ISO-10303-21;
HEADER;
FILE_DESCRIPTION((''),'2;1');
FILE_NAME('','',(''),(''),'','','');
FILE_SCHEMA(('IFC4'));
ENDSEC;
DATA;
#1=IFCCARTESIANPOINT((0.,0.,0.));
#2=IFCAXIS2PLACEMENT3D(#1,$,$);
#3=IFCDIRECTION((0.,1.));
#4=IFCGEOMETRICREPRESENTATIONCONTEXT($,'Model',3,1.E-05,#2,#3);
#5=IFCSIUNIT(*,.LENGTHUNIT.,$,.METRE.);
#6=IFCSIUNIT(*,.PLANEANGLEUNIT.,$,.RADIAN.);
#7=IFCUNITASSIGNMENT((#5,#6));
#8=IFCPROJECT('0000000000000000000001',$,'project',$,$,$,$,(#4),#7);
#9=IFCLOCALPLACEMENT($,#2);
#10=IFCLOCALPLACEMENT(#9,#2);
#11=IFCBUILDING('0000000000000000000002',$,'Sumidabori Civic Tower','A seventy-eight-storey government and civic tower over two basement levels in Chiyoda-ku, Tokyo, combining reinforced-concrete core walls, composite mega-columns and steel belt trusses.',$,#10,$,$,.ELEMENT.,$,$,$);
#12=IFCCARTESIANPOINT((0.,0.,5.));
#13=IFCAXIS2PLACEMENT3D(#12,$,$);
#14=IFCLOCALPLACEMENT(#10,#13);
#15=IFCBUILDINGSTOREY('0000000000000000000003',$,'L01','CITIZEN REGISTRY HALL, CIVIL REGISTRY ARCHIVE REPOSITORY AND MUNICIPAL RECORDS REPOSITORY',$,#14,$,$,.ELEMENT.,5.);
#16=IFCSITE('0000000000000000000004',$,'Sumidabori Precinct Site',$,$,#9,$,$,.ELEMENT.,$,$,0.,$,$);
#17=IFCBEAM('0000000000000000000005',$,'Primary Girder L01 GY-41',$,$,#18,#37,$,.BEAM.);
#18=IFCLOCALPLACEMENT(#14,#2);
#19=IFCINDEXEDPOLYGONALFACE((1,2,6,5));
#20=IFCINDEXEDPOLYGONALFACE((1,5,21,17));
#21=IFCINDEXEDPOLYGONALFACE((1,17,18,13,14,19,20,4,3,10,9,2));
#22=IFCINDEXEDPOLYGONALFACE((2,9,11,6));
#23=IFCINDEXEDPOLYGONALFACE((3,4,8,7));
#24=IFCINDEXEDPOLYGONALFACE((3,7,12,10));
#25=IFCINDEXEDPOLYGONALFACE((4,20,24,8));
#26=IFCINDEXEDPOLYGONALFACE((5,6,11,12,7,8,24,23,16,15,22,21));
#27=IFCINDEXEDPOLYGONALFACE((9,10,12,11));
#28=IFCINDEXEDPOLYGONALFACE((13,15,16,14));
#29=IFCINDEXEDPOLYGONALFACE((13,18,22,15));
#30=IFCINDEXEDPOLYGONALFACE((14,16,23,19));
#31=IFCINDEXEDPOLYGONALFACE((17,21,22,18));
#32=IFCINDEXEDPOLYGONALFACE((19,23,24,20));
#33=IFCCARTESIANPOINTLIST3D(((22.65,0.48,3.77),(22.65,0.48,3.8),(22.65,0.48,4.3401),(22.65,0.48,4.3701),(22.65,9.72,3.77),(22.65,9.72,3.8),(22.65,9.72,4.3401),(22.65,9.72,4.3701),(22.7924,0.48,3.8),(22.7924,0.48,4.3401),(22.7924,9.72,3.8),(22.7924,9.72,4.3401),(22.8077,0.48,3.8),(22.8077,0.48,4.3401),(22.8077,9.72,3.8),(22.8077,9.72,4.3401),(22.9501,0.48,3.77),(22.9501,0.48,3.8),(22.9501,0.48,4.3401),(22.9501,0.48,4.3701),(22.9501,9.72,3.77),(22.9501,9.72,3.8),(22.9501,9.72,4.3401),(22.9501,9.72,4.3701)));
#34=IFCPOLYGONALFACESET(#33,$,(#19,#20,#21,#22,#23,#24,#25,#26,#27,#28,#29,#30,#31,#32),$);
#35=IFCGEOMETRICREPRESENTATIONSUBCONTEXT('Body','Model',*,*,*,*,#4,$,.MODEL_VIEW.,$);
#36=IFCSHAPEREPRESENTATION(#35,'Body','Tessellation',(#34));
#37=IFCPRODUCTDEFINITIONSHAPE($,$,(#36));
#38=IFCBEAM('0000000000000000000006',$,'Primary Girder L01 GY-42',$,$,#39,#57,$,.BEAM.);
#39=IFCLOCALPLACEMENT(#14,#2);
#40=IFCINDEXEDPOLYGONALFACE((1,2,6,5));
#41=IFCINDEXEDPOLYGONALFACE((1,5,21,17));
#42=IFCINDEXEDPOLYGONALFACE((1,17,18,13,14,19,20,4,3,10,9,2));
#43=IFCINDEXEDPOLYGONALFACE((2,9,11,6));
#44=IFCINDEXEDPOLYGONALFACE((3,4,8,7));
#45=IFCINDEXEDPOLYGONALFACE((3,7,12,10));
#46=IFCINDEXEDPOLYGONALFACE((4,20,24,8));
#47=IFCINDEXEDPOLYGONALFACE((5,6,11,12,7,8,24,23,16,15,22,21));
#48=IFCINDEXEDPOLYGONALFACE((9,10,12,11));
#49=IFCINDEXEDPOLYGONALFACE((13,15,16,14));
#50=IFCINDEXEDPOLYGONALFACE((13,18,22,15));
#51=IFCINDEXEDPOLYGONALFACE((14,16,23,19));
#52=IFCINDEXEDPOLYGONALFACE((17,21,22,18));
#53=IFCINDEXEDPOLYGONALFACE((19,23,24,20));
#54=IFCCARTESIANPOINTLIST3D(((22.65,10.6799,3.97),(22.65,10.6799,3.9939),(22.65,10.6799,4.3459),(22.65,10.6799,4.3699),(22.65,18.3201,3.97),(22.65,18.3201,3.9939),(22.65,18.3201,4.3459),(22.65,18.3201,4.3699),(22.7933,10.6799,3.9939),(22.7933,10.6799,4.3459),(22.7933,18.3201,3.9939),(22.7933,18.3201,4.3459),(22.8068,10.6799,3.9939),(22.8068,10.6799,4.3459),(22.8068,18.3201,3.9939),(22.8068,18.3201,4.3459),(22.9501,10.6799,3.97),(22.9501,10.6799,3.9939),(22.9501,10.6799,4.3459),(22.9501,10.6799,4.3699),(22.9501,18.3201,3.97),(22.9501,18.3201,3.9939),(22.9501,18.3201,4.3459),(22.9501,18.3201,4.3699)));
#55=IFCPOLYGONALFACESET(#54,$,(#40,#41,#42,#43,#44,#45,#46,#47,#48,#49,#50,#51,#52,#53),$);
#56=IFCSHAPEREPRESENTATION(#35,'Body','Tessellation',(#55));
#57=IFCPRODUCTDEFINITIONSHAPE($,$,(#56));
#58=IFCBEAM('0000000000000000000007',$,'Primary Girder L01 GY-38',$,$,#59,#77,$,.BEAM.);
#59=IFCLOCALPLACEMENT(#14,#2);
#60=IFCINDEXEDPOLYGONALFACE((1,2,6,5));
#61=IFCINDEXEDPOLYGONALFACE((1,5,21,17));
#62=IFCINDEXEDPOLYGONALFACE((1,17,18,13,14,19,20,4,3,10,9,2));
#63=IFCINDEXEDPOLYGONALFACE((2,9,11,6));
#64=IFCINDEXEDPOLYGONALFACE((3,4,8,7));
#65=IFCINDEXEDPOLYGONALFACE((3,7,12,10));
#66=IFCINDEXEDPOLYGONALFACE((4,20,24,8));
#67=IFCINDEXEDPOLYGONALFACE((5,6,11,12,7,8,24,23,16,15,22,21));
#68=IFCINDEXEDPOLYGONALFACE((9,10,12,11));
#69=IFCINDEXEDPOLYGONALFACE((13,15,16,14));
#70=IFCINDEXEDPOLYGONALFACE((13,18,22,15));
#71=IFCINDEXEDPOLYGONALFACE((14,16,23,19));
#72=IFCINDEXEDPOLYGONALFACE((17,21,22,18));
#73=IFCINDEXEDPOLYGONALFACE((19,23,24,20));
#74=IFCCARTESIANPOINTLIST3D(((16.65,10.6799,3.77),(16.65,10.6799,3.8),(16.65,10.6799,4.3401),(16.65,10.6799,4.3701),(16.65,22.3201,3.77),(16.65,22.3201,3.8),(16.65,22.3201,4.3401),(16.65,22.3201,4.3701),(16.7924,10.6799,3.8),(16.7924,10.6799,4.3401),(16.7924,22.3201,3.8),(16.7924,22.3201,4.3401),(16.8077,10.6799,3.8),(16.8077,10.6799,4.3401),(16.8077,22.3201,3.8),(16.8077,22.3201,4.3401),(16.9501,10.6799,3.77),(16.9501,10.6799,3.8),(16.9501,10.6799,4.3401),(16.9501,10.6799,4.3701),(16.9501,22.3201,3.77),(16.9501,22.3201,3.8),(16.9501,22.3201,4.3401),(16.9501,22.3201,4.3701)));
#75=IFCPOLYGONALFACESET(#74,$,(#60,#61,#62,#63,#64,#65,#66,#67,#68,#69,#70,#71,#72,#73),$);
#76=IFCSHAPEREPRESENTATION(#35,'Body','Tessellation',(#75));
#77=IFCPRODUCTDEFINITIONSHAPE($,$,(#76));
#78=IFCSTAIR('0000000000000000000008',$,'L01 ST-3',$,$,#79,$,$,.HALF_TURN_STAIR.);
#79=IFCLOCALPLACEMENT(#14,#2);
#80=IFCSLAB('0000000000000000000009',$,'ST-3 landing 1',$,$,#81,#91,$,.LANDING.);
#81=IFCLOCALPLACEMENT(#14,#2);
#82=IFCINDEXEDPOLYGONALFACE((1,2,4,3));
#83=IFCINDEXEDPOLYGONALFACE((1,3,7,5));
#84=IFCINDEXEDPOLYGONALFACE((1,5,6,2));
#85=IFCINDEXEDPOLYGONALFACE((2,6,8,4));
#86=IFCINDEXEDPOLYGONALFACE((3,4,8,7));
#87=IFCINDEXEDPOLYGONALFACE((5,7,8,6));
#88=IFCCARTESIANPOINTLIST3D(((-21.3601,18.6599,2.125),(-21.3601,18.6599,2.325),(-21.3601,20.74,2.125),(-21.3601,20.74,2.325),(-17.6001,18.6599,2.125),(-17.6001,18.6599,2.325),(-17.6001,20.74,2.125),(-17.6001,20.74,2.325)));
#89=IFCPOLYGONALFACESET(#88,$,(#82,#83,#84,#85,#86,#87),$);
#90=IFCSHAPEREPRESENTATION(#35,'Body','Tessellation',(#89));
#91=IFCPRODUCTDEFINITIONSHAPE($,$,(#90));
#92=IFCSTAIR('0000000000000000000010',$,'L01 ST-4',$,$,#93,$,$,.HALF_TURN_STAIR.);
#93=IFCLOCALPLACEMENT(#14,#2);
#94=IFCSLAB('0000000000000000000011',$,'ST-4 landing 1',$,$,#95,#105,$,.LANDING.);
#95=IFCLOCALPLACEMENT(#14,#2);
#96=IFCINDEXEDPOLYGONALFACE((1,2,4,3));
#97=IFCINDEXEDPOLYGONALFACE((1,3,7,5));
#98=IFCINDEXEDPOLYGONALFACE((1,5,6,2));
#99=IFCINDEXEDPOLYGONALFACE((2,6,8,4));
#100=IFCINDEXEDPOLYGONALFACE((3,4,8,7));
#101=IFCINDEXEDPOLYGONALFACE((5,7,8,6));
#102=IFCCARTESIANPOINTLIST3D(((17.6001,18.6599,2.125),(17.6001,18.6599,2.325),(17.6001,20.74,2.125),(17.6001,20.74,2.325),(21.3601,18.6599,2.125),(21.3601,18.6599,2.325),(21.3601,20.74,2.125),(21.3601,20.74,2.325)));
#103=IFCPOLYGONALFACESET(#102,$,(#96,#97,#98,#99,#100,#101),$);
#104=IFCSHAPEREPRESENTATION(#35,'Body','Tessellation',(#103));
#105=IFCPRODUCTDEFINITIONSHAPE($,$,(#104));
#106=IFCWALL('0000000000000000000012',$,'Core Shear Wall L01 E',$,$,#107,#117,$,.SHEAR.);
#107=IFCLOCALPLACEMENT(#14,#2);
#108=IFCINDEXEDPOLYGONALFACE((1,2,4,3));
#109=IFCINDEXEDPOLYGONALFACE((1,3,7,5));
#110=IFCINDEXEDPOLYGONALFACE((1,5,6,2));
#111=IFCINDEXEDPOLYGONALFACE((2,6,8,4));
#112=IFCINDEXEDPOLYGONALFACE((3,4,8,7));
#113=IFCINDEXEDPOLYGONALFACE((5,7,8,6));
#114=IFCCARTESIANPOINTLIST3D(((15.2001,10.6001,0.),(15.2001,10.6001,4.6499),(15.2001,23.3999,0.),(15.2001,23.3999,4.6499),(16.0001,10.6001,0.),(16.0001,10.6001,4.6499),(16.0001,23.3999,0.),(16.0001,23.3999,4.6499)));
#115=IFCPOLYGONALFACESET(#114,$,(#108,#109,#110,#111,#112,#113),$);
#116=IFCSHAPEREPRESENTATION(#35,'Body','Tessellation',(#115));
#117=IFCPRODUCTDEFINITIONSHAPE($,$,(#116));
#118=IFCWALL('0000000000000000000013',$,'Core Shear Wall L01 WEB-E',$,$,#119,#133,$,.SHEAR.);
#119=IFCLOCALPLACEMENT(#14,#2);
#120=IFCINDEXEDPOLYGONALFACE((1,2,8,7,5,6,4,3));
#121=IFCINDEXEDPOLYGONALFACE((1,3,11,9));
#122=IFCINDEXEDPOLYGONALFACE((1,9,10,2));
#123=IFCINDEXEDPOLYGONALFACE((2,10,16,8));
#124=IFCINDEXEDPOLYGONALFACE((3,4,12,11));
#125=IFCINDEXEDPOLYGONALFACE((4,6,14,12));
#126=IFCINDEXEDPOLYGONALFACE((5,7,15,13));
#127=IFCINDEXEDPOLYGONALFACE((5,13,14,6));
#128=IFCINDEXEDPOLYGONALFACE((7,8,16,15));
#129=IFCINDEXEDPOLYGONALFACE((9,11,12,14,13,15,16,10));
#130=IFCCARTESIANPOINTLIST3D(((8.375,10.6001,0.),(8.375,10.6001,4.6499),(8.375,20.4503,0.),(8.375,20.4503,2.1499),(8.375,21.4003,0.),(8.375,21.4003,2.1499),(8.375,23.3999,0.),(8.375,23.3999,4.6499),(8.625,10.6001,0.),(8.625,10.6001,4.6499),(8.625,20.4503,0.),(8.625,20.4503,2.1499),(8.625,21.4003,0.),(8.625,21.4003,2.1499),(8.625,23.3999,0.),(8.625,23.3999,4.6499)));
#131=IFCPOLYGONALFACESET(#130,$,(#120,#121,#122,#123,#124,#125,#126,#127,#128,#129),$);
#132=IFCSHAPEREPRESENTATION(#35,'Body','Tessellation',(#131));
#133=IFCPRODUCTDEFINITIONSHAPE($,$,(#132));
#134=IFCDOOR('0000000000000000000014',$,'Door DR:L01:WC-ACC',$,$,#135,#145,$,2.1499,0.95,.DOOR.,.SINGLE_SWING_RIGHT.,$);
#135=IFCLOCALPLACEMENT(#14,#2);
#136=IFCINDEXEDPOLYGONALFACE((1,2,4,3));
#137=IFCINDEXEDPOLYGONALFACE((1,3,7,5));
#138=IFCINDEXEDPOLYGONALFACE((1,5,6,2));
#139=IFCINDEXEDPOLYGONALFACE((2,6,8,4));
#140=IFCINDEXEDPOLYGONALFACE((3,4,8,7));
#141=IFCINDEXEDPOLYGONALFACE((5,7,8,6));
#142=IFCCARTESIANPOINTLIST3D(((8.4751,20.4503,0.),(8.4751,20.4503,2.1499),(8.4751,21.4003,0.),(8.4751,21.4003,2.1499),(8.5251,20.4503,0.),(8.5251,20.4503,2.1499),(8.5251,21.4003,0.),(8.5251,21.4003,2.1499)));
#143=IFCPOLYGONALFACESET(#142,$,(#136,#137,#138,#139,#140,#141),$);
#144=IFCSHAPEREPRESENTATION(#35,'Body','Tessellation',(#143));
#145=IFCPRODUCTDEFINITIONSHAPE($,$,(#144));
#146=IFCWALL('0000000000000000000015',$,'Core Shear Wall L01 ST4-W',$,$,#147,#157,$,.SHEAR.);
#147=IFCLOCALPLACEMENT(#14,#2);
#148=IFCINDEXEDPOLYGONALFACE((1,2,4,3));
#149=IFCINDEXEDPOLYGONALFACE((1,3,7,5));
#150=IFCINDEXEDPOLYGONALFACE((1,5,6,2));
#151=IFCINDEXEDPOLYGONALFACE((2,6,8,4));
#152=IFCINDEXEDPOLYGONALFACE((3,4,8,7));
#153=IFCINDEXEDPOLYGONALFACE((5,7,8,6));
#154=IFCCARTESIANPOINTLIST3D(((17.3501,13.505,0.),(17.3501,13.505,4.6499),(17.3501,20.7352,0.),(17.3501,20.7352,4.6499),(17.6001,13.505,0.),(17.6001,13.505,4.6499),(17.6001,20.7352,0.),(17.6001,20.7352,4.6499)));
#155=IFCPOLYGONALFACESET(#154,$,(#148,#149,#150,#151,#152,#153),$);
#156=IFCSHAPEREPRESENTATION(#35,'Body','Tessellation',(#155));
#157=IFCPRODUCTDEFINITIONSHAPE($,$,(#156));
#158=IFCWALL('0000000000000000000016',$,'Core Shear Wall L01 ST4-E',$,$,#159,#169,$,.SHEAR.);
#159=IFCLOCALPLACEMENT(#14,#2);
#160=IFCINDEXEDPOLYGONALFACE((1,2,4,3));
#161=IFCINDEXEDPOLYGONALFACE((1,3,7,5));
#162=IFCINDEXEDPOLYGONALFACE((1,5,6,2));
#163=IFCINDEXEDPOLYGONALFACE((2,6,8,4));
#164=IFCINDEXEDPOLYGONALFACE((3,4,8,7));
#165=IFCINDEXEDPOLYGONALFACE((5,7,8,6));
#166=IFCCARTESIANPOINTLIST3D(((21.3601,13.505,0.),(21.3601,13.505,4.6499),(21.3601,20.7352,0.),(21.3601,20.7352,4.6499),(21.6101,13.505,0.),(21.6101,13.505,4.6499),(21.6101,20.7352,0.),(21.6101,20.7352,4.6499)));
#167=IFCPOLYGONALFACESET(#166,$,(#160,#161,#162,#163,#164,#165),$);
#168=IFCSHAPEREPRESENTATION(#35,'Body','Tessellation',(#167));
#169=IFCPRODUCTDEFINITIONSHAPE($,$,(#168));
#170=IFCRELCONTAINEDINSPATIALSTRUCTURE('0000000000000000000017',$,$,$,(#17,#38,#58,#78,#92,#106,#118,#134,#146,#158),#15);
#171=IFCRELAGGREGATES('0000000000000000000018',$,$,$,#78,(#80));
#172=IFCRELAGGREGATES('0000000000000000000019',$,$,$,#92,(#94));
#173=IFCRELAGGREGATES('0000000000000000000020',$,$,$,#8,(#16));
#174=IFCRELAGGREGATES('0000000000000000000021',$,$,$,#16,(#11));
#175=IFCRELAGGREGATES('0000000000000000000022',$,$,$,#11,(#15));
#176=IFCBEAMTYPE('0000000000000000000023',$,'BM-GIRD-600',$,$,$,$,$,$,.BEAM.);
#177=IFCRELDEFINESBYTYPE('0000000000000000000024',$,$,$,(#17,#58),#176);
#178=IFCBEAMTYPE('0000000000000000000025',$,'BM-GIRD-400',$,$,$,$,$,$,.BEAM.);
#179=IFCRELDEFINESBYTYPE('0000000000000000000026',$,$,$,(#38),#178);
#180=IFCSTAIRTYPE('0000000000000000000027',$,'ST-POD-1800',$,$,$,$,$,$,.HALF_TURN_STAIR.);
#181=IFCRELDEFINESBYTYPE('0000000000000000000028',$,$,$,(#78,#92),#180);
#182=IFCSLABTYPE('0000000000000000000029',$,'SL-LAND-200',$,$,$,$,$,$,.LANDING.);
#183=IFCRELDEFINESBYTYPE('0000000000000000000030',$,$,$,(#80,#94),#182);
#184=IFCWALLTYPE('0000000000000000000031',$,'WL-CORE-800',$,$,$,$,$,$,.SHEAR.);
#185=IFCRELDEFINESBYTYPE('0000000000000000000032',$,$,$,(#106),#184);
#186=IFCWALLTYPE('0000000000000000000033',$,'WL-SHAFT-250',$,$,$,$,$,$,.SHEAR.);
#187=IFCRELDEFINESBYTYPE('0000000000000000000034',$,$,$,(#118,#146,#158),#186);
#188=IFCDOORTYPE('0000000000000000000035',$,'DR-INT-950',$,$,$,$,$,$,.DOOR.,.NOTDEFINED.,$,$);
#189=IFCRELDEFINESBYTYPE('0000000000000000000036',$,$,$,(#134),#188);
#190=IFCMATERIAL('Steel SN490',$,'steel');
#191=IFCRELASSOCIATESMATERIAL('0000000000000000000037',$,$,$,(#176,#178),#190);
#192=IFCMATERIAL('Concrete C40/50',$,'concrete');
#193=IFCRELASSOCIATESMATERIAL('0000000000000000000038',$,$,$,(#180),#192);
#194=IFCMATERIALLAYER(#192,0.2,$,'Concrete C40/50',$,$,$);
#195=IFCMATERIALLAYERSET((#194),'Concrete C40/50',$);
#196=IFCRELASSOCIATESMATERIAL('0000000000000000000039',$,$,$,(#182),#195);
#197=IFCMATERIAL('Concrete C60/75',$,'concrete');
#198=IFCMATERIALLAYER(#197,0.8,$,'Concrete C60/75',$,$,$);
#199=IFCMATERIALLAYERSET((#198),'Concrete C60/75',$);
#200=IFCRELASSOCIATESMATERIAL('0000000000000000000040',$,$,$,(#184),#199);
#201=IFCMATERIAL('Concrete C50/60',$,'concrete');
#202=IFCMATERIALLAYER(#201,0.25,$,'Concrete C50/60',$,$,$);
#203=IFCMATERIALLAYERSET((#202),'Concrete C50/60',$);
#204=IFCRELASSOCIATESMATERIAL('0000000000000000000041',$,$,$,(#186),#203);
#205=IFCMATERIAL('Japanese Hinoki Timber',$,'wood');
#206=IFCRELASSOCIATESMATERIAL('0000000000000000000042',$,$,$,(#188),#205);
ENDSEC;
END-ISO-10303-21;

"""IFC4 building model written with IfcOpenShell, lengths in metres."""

from ifc_helpers import new_model, si_unit, direction, frame, frame_2d, origin, origin_2d, place, context, subcontext, project, spatial, polyline, rectangle, i_section, outline, extrude, source, transform, mapped, material, layer, layer_set, material_profile, profile_set, type_object, element, fill, aggregate, save


model = new_model("IFC4")

# Units and contexts
model_context = context("Model", 3, precision=1e-05, world=origin(), true_north=direction((0.0, 1.0)))
body_context = subcontext(model_context, "Body", "Model", "MODEL_VIEW")
ifc_project = project(units=[si_unit("LENGTHUNIT", "METRE"), si_unit("PLANEANGLEUNIT", "RADIAN")], contexts=[model_context])

# Site, building, storey
site_placement = place(None, origin())
site = spatial("IfcSite", under=ifc_project, at=site_placement, Name="Sumidabori Precinct Site", CompositionType="ELEMENT", RefElevation=0.0)
building_placement = place(site_placement, origin())
building = spatial("IfcBuilding", under=site, at=building_placement, Name="Sumidabori Civic Tower", Description="A seventy-eight-storey government and civic tower over two basement levels in Chiyoda-ku, Tokyo, combining reinforced-concrete core walls, composite mega-columns and steel belt trusses.", CompositionType="ELEMENT")
storey_placement = place(building_placement, frame((0.0, 0.0, 5.0)))
storey = spatial("IfcBuildingStorey", under=building, at=storey_placement, Name="L01", Description="CITIZEN REGISTRY HALL, CIVIL REGISTRY ARCHIVE REPOSITORY AND MUNICIPAL RECORDS REPOSITORY", CompositionType="ELEMENT", Elevation=5.0)

# Shared definitions
ifc_material_1 = material(Name="Concrete C60/75", Category="concrete")

# Beams
ifc_material_2 = material(Name="Steel SN490", Category="steel")
ifc_material_profile_1 = material_profile(ifc_material_2, i_section(OverallWidth=0.3, OverallDepth=0.6001, WebThickness=0.0154, FlangeThickness=0.03, at=origin_2d()), Name="HE 600 B")
ifc_profile_set_1 = profile_set([ifc_material_profile_1], Name="Steel SN490")
beam_type_1 = type_object("IfcBeamType", Name="BM-GIRD-600", PredefinedType="BEAM", material=ifc_profile_set_1)
shared_shape_1 = source(origin(), body_context, "Body", "SweptSolid", [
    extrude(i_section(OverallWidth=0.3, OverallDepth=0.6001, WebThickness=0.0154, FlangeThickness=0.03, at=origin_2d()), origin(), (0.0, 0.0, 1.0), 9.24),
])
for number, where, z_axis, x_axis, name in (
    (1, (22.8, 0.48, 4.0701), (0.0, 1.0, 0.0), (-1.0, 0.0, 0.0), "Primary Girder L01 GY-41"),
):
    element("IfcBeam", number, at=place(storey_placement, frame(where, z_axis=z_axis, x_axis=x_axis)), inside=storey, type_object=beam_type_1, Name=name, PredefinedType="BEAM", context=body_context, shape_type="MappedRepresentation", body=[
        mapped(shared_shape_1, transform((0.0, 0.0, 0.0), x_axis=(1.0, 0.0, 0.0), y_axis=(0.0, 1.0, 0.0), z_axis=(0.0, 0.0, 1.0), scale=1.0)),
    ])
ifc_material_profile_2 = material_profile(ifc_material_2, i_section(OverallWidth=0.3, OverallDepth=0.3999, WebThickness=0.0134, FlangeThickness=0.0239, at=origin_2d()), Name="HE 400 B")
ifc_profile_set_2 = profile_set([ifc_material_profile_2], Name="Steel SN490")
beam_type_2 = type_object("IfcBeamType", Name="BM-GIRD-400", PredefinedType="BEAM", material=ifc_profile_set_2)
shared_shape_2 = source(origin(), body_context, "Body", "SweptSolid", [
    extrude(i_section(OverallWidth=0.3, OverallDepth=0.3999, WebThickness=0.0134, FlangeThickness=0.0239, at=origin_2d()), origin(), (0.0, 0.0, 1.0), 7.6401),
])
beam_1_placement = place(storey_placement, frame((22.8, 10.6799, 4.1699), z_axis=(0.0, 1.0, 0.0), x_axis=(-1.0, 0.0, 0.0)))
element("IfcBeam", 2, at=beam_1_placement, inside=storey, type_object=beam_type_2, Name="Primary Girder L01 GY-42", PredefinedType="BEAM", context=body_context, shape_type="MappedRepresentation", body=[
    mapped(shared_shape_2, transform((0.0, 0.0, 0.0), x_axis=(1.0, 0.0, 0.0), y_axis=(0.0, 1.0, 0.0), z_axis=(0.0, 0.0, 1.0), scale=1.0)),
])
shared_shape_3 = source(origin(), body_context, "Body", "SweptSolid", [
    extrude(i_section(OverallWidth=0.3, OverallDepth=0.6001, WebThickness=0.0154, FlangeThickness=0.03, at=origin_2d()), origin(), (0.0, 0.0, 1.0), 11.6401),
])
beam_2_placement = place(storey_placement, frame((16.8, 10.6799, 4.0701), z_axis=(0.0, 1.0, 0.0), x_axis=(-1.0, 0.0, 0.0)))
element("IfcBeam", 3, at=beam_2_placement, inside=storey, type_object=beam_type_1, Name="Primary Girder L01 GY-38", PredefinedType="BEAM", context=body_context, shape_type="MappedRepresentation", body=[
    mapped(shared_shape_3, transform((0.0, 0.0, 0.0), x_axis=(1.0, 0.0, 0.0), y_axis=(0.0, 1.0, 0.0), z_axis=(0.0, 0.0, 1.0), scale=1.0)),
])

# Stairs, slabs
ifc_material_3 = material(Name="Concrete C40/50", Category="concrete")
stair_type = type_object("IfcStairType", Name="ST-POD-1800", PredefinedType="HALF_TURN_STAIR", material=ifc_material_3)
stair_1_placement = place(storey_placement, origin())
stair_1 = element("IfcStair", 4, at=stair_1_placement, inside=storey, type_object=stair_type, Name="L01 ST-3", PredefinedType="HALF_TURN_STAIR")
ifc_layer_1 = layer(ifc_material_3, 0.2, Name="Concrete C40/50")
ifc_layer_set_1 = layer_set([ifc_layer_1], Name="Concrete C40/50")
slab_type = type_object("IfcSlabType", Name="SL-LAND-200", PredefinedType="LANDING", material=ifc_layer_set_1)
slab_1_placement = place(storey_placement, frame((0.0, 0.0, 2.125)))
slab_1 = element("IfcSlab", 5, at=slab_1_placement, type_object=slab_type, Name="ST-3 landing 1", PredefinedType="LANDING", context=body_context, shape_type="SweptSolid", body=[
    extrude(outline(polyline([(-17.6001, 18.6599), (-17.6001, 20.74), (-21.3601, 20.74), (-21.3601, 18.6599), (-17.6001, 18.6599)])), origin(), (0.0, 0.0, 1.0), 0.2),
])
aggregate(stair_1, [slab_1])
stair_2_placement = place(storey_placement, origin())
stair_2 = element("IfcStair", 6, at=stair_2_placement, inside=storey, type_object=stair_type, Name="L01 ST-4", PredefinedType="HALF_TURN_STAIR")
slab_2_placement = place(storey_placement, frame((0.0, 0.0, 2.125)))
slab_2 = element("IfcSlab", 7, at=slab_2_placement, type_object=slab_type, Name="ST-4 landing 1", PredefinedType="LANDING", context=body_context, shape_type="SweptSolid", body=[
    extrude(outline(polyline([(21.3601, 18.6599), (21.3601, 20.74), (17.6001, 20.74), (17.6001, 18.6599), (21.3601, 18.6599)])), origin(), (0.0, 0.0, 1.0), 0.2),
])
aggregate(stair_2, [slab_2])

# Wall
ifc_layer_2 = layer(ifc_material_1, 0.8, Name="Concrete C60/75")
ifc_layer_set_2 = layer_set([ifc_layer_2], Name="Concrete C60/75")
wall_type_1 = type_object("IfcWallType", Name="WL-CORE-800", PredefinedType="SHEAR", material=ifc_layer_set_2)
shared_shape_4 = source(origin(), body_context, "Body", "SweptSolid", [
    extrude(rectangle(XDim=12.7998, YDim=0.8, at=frame_2d((6.3999, 0.0))), origin(), (0.0, 0.0, 1.0), 4.6499),
])
wall_1_placement = place(storey_placement, frame((15.6001, 10.6001, 0.0), z_axis=(0.0, 0.0, 1.0), x_axis=(0.0, 1.0, 0.0)))
element("IfcWall", 8, at=wall_1_placement, inside=storey, type_object=wall_type_1, Name="Core Shear Wall L01 E", PredefinedType="SHEAR", context=body_context, shape_type="MappedRepresentation", body=[
    mapped(shared_shape_4, transform((0.0, 0.0, 0.0), x_axis=(1.0, 0.0, 0.0), y_axis=(0.0, 1.0, 0.0), z_axis=(0.0, 0.0, 1.0), scale=1.0)),
])

# Wall, opening, door
ifc_material_4 = material(Name="Concrete C50/60", Category="concrete")
ifc_layer_3 = layer(ifc_material_4, 0.25, Name="Concrete C50/60")
ifc_layer_set_3 = layer_set([ifc_layer_3], Name="Concrete C50/60")
wall_type_2 = type_object("IfcWallType", Name="WL-SHAFT-250", PredefinedType="SHEAR", material=ifc_layer_set_3)
shared_shape_5 = source(origin(), body_context, "Body", "SweptSolid", [
    extrude(rectangle(XDim=12.7998, YDim=0.25, at=frame_2d((6.3999, 0.0))), origin(), (0.0, 0.0, 1.0), 4.6499),
])
wall_2_placement = place(storey_placement, frame((8.5, 10.6001, 0.0), z_axis=(0.0, 0.0, 1.0), x_axis=(0.0, 1.0, 0.0)))
wall_2 = element("IfcWall", 9, at=wall_2_placement, inside=storey, type_object=wall_type_2, Name="Core Shear Wall L01 WEB-E", PredefinedType="SHEAR", context=body_context, shape_type="MappedRepresentation", body=[
    mapped(shared_shape_5, transform((0.0, 0.0, 0.0), x_axis=(1.0, 0.0, 0.0), y_axis=(0.0, 1.0, 0.0), z_axis=(0.0, 0.0, 1.0), scale=1.0)),
])
opening_1_placement = place(wall_2_placement, frame((9.8501, 0.0, 0.0)))
opening_1 = element("IfcOpeningElement", 10, at=opening_1_placement, cuts=wall_2, PredefinedType="OPENING", context=body_context, shape_type="SweptSolid", body=[
    extrude(rectangle(XDim=0.95, YDim=2.1499, at=frame_2d((0.4751, 1.075))), frame((0.0, 0.137, 0.0), z_axis=(0.0, -1.0, 0.0), x_axis=(1.0, 0.0, 0.0)), (0.0, 0.0, 1.0), 0.2739),
])
ifc_material_5 = material(Name="Japanese Hinoki Timber", Category="wood")
door_type_1 = type_object("IfcDoorType", Name="DR-INT-950", OperationType="NOTDEFINED", PredefinedType="DOOR", material=ifc_material_5)
shared_shape_6 = source(origin(), body_context, "Body", "SweptSolid", [
    extrude(rectangle(XDim=0.95, YDim=2.1499, at=frame_2d((0.4751, 1.075))), frame((0.0, 0.0249, 0.0), z_axis=(0.0, -1.0, 0.0), x_axis=(1.0, 0.0, 0.0)), (0.0, 0.0, 1.0), 0.05),
])
door_1_placement = place(opening_1_placement, origin())
door_1 = element("IfcDoor", 11, at=door_1_placement, inside=storey, type_object=door_type_1, Name="Door DR:L01:WC-ACC", OperationType="SINGLE_SWING_RIGHT", OverallHeight=2.1499, OverallWidth=0.95, PredefinedType="DOOR", context=body_context, shape_type="MappedRepresentation", body=[
    mapped(shared_shape_6, transform((0.0, 0.0, 0.0), x_axis=(1.0, 0.0, 0.0), y_axis=(0.0, 1.0, 0.0), z_axis=(0.0, 0.0, 1.0), scale=1.0)),
])
fill(opening_1, door_1)

# Walls
shared_shape_7 = source(origin(), body_context, "Body", "SweptSolid", [
    extrude(rectangle(XDim=7.2302, YDim=0.25, at=frame_2d((3.6152, 0.0))), origin(), (0.0, 0.0, 1.0), 4.6499),
])
for number, where, z_axis, x_axis, name in (
    (12, (17.4751, 13.5049, 0.0), (0.0, 0.0, 1.0), (0.0, 1.0, 0.0), "Core Shear Wall L01 ST4-W"),
    (13, (21.4851, 13.5049, 0.0), (0.0, 0.0, 1.0), (0.0, 1.0, 0.0), "Core Shear Wall L01 ST4-E"),
):
    element("IfcWall", number, at=place(storey_placement, frame(where, z_axis=z_axis, x_axis=x_axis)), inside=storey, type_object=wall_type_2, Name=name, PredefinedType="SHEAR", context=body_context, shape_type="MappedRepresentation", body=[
        mapped(shared_shape_7, transform((0.0, 0.0, 0.0), x_axis=(1.0, 0.0, 0.0), y_axis=(0.0, 1.0, 0.0), z_axis=(0.0, 0.0, 1.0), scale=1.0)),
    ])

save(model, "model.ifc")
